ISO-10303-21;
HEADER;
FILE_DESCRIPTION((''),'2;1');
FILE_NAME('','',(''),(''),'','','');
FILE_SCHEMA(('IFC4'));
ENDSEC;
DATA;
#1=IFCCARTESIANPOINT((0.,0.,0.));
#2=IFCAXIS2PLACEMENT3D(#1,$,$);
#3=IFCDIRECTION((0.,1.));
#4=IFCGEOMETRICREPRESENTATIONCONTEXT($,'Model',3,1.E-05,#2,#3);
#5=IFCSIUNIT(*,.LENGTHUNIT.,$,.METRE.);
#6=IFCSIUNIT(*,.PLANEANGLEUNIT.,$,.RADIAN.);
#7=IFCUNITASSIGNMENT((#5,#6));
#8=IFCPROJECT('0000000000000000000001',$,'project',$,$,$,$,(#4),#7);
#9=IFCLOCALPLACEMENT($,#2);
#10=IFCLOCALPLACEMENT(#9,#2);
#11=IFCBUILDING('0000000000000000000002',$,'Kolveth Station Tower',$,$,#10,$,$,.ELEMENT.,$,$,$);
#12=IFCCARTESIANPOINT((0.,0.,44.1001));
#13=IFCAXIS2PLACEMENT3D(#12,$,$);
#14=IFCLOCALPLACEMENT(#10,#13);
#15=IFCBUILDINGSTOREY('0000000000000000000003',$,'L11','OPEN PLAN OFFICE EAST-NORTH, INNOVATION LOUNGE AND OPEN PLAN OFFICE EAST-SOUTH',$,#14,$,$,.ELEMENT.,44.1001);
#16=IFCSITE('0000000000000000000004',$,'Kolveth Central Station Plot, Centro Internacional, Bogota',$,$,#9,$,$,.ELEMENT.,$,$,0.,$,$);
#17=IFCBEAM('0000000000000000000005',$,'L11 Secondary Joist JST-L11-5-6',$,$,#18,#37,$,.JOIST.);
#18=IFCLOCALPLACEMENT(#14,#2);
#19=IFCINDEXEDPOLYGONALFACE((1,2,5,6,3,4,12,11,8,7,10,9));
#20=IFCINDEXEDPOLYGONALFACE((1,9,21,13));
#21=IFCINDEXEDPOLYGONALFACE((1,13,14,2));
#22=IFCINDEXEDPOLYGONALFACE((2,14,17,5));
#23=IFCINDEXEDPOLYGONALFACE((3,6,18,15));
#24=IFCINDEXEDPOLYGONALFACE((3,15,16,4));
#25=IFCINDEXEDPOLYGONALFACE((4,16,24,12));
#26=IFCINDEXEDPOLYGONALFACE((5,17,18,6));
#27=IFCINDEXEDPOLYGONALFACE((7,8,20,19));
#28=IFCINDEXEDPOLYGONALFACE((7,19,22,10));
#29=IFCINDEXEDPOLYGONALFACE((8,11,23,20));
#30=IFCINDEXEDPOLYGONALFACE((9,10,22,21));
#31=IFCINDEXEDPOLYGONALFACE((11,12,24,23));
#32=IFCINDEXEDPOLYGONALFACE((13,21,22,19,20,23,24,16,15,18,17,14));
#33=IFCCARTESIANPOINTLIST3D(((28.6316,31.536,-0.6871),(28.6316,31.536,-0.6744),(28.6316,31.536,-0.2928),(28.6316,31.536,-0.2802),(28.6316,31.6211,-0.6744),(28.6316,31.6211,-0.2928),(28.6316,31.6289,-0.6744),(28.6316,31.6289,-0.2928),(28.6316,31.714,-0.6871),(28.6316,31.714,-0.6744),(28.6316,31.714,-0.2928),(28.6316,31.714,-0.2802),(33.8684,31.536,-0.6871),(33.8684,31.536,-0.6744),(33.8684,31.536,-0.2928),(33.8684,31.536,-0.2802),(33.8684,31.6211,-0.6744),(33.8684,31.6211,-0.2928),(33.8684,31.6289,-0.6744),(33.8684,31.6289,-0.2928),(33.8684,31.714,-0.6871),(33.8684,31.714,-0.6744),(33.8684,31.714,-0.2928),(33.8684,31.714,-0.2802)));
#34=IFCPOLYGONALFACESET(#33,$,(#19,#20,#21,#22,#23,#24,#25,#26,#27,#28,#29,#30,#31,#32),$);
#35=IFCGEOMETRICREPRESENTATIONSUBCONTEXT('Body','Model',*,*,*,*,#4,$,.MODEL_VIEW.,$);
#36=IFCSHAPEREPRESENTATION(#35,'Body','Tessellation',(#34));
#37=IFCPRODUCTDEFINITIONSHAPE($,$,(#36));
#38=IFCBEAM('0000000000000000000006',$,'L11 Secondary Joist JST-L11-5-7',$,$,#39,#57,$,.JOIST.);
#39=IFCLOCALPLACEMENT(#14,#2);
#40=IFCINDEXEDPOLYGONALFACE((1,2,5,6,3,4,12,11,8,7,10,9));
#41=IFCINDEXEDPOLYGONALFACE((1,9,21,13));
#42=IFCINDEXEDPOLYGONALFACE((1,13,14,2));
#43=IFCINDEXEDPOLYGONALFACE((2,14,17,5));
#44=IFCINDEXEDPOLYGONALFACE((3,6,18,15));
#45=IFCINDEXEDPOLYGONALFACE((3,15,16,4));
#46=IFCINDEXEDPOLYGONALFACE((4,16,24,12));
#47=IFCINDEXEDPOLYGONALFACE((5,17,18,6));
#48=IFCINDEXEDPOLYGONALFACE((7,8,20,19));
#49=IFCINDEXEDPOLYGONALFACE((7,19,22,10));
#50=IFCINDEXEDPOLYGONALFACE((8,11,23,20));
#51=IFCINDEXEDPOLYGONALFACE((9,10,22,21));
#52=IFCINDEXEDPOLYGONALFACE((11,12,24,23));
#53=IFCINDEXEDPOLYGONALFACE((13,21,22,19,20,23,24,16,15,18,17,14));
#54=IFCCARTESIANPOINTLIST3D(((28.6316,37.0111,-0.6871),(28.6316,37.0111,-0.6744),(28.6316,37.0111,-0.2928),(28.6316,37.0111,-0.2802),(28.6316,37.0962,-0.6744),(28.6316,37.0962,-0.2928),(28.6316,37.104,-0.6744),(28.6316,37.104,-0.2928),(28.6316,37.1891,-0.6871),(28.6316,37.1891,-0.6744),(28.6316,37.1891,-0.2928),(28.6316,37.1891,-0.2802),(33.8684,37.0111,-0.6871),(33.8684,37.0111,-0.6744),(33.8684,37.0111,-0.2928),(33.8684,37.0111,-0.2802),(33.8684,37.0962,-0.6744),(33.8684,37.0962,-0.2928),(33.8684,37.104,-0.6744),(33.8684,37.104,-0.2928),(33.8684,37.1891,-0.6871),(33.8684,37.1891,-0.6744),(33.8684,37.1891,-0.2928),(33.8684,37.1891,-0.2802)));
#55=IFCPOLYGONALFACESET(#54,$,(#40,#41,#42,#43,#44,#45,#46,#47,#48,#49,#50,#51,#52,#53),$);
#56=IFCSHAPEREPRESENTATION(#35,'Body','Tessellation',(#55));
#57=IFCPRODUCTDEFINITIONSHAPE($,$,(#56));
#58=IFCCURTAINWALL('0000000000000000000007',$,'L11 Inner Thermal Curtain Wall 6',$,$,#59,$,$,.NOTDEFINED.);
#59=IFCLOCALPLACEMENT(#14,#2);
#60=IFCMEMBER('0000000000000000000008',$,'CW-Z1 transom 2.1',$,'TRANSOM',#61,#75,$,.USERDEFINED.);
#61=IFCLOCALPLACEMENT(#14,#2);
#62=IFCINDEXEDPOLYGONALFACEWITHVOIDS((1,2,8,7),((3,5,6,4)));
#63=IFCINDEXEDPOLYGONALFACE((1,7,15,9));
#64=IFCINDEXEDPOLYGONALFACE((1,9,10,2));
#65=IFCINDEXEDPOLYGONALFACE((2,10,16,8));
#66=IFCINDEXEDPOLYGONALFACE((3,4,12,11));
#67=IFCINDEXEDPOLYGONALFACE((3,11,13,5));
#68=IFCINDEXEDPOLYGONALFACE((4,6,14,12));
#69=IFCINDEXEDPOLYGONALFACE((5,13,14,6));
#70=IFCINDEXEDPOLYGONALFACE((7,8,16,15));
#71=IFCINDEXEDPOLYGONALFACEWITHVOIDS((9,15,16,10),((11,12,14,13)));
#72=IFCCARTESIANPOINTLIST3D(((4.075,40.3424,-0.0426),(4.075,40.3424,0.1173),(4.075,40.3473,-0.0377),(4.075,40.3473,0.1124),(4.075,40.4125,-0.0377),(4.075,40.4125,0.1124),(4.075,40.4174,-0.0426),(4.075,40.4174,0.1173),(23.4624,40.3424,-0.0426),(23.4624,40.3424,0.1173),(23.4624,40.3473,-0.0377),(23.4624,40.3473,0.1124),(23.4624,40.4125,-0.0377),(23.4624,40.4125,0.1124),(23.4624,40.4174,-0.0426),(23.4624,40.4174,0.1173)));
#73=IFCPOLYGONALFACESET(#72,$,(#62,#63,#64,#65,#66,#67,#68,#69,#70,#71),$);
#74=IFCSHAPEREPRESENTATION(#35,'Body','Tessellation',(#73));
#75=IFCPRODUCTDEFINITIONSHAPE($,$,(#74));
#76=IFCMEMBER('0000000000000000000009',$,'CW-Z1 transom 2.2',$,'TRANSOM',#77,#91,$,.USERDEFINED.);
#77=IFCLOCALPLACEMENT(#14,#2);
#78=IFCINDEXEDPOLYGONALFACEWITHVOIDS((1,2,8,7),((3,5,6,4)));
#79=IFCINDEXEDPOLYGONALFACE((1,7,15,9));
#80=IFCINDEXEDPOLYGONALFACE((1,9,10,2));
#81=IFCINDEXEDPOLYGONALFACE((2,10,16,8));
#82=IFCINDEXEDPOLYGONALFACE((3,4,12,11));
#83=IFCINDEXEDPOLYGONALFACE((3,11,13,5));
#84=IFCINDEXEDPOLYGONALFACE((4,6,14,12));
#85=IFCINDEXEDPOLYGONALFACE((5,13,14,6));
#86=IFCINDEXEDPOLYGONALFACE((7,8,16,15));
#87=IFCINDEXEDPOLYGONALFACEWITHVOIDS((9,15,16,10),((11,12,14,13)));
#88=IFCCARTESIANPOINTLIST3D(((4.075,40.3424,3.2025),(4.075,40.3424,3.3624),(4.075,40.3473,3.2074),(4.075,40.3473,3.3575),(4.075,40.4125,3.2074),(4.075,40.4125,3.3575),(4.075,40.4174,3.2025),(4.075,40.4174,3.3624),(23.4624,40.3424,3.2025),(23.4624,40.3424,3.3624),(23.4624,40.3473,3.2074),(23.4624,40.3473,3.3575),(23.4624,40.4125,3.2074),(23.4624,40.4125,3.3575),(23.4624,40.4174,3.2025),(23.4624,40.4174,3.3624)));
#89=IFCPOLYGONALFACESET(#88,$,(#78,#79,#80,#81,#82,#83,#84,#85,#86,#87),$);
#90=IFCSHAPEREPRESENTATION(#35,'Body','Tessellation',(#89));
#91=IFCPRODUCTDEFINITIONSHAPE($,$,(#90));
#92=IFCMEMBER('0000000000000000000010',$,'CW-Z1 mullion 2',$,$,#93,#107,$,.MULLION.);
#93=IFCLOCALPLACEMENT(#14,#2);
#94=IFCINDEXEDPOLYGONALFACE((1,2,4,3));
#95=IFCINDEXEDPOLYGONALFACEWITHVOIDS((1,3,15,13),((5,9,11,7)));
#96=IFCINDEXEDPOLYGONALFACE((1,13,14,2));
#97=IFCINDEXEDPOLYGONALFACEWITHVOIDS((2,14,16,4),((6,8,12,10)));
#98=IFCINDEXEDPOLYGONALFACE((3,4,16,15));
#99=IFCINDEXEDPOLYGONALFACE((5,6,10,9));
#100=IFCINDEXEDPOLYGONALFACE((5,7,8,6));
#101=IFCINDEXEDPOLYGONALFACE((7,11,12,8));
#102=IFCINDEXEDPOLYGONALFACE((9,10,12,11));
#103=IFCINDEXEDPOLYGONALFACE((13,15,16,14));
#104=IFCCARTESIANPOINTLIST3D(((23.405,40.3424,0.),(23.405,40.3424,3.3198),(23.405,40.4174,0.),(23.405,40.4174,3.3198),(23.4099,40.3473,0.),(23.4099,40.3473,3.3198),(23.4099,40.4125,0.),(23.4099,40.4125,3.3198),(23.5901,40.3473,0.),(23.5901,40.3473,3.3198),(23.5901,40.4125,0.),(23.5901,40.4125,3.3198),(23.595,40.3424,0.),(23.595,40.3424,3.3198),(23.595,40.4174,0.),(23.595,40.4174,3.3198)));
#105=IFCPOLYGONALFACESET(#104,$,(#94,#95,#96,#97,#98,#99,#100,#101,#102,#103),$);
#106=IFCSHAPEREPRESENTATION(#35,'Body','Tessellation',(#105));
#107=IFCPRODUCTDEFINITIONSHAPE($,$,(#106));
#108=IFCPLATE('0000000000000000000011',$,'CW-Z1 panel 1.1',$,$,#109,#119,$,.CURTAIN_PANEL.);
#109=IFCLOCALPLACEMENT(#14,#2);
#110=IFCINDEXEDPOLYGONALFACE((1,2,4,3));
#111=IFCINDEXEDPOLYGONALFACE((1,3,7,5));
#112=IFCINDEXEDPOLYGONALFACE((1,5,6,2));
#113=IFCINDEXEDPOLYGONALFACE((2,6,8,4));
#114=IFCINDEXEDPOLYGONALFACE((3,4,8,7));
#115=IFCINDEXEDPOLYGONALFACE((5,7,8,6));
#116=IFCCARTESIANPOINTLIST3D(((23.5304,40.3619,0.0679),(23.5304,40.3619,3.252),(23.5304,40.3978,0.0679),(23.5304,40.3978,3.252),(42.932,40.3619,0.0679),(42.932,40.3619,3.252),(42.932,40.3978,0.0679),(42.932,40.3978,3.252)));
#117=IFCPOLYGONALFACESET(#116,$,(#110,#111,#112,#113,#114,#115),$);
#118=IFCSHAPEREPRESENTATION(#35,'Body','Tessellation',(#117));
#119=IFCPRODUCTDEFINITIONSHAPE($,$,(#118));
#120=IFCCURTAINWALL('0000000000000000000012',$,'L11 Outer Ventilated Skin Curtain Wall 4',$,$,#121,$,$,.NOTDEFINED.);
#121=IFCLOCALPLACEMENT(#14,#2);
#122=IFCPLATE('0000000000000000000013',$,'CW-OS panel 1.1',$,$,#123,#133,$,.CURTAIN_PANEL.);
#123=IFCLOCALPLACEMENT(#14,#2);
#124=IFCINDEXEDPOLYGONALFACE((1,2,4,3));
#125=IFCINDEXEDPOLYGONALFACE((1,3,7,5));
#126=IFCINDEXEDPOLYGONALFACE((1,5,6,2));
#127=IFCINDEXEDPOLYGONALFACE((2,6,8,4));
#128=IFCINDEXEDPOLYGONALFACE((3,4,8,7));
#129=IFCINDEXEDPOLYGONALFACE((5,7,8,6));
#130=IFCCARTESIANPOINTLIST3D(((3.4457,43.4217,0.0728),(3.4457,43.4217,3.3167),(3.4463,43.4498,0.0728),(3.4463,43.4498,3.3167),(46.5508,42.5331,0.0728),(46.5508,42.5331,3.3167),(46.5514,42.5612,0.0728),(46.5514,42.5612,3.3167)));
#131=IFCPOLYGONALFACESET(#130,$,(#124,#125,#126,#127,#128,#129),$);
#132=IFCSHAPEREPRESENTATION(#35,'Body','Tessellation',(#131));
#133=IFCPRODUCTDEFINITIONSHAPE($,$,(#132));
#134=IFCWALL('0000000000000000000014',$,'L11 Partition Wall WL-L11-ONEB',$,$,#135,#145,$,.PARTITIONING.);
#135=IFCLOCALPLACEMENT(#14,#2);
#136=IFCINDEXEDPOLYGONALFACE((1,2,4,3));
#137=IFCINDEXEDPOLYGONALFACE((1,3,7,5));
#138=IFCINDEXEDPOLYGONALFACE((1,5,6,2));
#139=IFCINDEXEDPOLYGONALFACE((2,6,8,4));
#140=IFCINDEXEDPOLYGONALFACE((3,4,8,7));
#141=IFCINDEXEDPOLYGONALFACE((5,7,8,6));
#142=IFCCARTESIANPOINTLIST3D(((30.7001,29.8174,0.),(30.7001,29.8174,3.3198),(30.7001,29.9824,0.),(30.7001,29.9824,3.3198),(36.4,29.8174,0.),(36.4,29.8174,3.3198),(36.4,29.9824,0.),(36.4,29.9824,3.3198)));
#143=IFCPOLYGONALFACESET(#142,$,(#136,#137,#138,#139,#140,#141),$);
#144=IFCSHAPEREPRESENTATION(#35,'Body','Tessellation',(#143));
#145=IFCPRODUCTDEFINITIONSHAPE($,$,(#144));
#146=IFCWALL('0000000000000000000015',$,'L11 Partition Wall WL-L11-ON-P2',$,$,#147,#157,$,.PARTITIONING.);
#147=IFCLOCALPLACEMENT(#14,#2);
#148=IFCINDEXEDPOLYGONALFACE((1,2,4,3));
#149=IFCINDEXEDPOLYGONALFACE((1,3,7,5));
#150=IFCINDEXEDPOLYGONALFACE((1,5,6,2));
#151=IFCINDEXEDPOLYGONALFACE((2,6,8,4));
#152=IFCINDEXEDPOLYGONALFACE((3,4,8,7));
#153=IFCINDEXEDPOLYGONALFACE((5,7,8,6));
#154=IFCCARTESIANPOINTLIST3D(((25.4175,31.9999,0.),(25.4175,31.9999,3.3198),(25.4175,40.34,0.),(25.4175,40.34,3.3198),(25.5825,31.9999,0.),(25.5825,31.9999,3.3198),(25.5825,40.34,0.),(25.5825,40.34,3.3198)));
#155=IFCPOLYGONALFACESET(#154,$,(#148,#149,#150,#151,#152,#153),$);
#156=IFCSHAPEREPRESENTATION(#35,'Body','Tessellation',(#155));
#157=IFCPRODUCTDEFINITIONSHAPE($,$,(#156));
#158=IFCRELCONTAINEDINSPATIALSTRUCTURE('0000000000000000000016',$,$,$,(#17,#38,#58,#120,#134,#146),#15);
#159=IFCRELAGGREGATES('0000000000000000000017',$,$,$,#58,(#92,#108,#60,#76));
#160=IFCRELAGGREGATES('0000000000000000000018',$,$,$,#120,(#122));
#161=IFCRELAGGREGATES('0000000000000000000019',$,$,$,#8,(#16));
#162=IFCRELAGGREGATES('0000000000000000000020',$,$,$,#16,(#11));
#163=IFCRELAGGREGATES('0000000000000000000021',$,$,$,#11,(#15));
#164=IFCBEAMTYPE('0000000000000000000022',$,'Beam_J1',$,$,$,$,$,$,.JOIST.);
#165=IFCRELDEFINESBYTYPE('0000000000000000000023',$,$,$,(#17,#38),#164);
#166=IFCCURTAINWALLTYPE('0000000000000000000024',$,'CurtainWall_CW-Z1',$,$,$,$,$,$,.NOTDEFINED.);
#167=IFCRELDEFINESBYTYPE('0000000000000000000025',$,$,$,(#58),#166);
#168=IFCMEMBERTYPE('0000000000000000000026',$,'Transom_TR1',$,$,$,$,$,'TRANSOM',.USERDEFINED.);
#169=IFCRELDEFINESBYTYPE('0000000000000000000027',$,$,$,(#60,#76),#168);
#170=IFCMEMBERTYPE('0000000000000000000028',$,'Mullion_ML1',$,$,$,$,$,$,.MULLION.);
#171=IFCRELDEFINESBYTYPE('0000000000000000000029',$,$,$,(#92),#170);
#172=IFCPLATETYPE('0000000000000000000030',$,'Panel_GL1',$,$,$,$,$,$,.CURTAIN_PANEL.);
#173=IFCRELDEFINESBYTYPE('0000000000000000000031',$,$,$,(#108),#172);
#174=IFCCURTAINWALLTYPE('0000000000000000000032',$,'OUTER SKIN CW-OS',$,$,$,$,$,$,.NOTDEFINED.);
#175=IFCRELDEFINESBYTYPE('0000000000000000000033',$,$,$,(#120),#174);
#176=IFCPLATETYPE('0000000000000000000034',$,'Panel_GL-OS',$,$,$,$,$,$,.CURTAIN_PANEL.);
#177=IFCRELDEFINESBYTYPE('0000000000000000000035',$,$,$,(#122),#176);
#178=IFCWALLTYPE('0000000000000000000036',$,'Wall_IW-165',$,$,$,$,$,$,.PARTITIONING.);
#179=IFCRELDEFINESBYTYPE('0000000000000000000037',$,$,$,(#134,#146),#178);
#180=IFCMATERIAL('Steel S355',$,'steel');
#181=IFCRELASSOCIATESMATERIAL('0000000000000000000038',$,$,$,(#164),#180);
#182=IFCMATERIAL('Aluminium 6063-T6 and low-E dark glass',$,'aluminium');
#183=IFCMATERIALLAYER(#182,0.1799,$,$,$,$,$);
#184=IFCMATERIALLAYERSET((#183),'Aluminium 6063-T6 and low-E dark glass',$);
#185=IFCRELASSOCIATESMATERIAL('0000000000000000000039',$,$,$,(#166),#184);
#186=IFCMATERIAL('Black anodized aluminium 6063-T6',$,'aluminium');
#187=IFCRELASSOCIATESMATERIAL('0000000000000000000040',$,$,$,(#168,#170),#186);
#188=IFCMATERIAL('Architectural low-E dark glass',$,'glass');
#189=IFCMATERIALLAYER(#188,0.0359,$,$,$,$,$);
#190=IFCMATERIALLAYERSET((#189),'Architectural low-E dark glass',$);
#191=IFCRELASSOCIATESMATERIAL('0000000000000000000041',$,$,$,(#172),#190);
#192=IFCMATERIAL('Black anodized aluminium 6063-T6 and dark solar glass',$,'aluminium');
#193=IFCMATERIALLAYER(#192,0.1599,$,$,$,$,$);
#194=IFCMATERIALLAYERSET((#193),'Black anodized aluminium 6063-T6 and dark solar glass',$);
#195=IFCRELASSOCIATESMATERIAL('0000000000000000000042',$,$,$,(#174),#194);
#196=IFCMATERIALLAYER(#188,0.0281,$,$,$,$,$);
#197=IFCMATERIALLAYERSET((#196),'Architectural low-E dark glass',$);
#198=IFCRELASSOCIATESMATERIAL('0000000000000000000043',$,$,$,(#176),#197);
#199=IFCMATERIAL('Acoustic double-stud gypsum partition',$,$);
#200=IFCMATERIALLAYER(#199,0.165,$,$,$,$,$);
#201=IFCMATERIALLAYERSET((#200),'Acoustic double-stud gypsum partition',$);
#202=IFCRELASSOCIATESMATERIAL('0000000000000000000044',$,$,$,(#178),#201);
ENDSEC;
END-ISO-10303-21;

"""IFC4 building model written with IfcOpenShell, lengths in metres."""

from ifc_helpers import new_model, si_unit, direction, frame, frame_2d, origin, origin_2d, place, context, subcontext, project, spatial, rectangle, hollow_rectangle, i_section, extrude, source, transform, mapped, material, layer, layer_set, material_profile, profile_set, type_object, element, aggregate, save


model = new_model("IFC4")

# Units and contexts
model_context = context("Model", 3, precision=1e-05, world=origin(), true_north=direction((0.0, 1.0)))
body_context = subcontext(model_context, "Body", "Model", "MODEL_VIEW")
ifc_project = project(units=[si_unit("LENGTHUNIT", "METRE"), si_unit("PLANEANGLEUNIT", "RADIAN")], contexts=[model_context])

# Site, building, storey
site_placement = place(None, origin())
site = spatial("IfcSite", under=ifc_project, at=site_placement, Name="Kolveth Central Station Plot, Centro Internacional, Bogota", CompositionType="ELEMENT", RefElevation=0.0)
building_placement = place(site_placement, origin())
building = spatial("IfcBuilding", under=site, at=building_placement, Name="Kolveth Station Tower", CompositionType="ELEMENT")
storey_placement = place(building_placement, frame((0.0, 0.0, 44.1001)))
storey = spatial("IfcBuildingStorey", under=building, at=storey_placement, Name="L11", Description="OPEN PLAN OFFICE EAST-NORTH, INNOVATION LOUNGE AND OPEN PLAN OFFICE EAST-SOUTH", CompositionType="ELEMENT", Elevation=44.1001)

# Shared definitions
ifc_material_1 = material(Name="Steel S355", Category="steel")

# Beams
ifc_material_profile_1 = material_profile(ifc_material_1, i_section(OverallWidth=0.178, OverallDepth=0.407, WebThickness=0.0078, FlangeThickness=0.0127, at=origin_2d()), Name="W410x60")
ifc_profile_set_1 = profile_set([ifc_material_profile_1], Name="Steel S355")
beam_type_1 = type_object("IfcBeamType", Name="Beam_J1", PredefinedType="JOIST", material=ifc_profile_set_1)
shared_shape_1 = source(origin(), body_context, "Body", "SweptSolid", [
    extrude(i_section(OverallWidth=0.178, OverallDepth=0.407, WebThickness=0.0078, FlangeThickness=0.0127, at=origin_2d()), origin(), (0.0, 0.0, 1.0), 5.2368),
])
for number, where, z_axis, x_axis, name in (
    (1, (28.6316, 31.625, -0.4836), (1.0, 0.0, 0.0), (0.0, 1.0, 0.0), "L11 Secondary Joist JST-L11-5-6"),
    (2, (28.6316, 37.1001, -0.4836), (1.0, 0.0, 0.0), (0.0, 1.0, 0.0), "L11 Secondary Joist JST-L11-5-7"),
):
    element("IfcBeam", number, at=place(storey_placement, frame(where, z_axis=z_axis, x_axis=x_axis)), inside=storey, type_object=beam_type_1, Name=name, PredefinedType="JOIST", context=body_context, shape_type="MappedRepresentation", body=[
        mapped(shared_shape_1, transform((0.0, 0.0, 0.0), x_axis=(1.0, 0.0, 0.0), y_axis=(0.0, 1.0, 0.0), z_axis=(0.0, 0.0, 1.0), scale=1.0)),
    ])

# Curtain wall, members, plate
ifc_material_2 = material(Name="Aluminium 6063-T6 and low-E dark glass", Category="aluminium")
ifc_layer_1 = layer(ifc_material_2, 0.1799)
ifc_layer_set_1 = layer_set([ifc_layer_1], Name="Aluminium 6063-T6 and low-E dark glass")
curtain_wall_type_1 = type_object("IfcCurtainWallType", Name="CurtainWall_CW-Z1", PredefinedType="NOTDEFINED", material=ifc_layer_set_1)
curtain_wall_1_placement = place(storey_placement, origin())
curtain_wall_1 = element("IfcCurtainWall", 3, at=curtain_wall_1_placement, inside=storey, type_object=curtain_wall_type_1, Name="L11 Inner Thermal Curtain Wall 6", PredefinedType="NOTDEFINED")
ifc_material_3 = material(Name="Black anodized aluminium 6063-T6", Category="aluminium")
ifc_material_profile_2 = material_profile(ifc_material_3, hollow_rectangle(XDim=0.075, YDim=0.1599, WallThickness=0.0049, at=origin_2d()), Name="ALU-75x160x5")
ifc_profile_set_2 = profile_set([ifc_material_profile_2], Name="Black anodized aluminium 6063-T6")
member_type_1 = type_object("IfcMemberType", Name="Transom_TR1", ElementType="TRANSOM", PredefinedType="USERDEFINED", material=ifc_profile_set_2)
shared_shape_2 = source(origin(), body_context, "Body", "SweptSolid", [
    extrude(hollow_rectangle(XDim=0.075, YDim=0.1599, WallThickness=0.0049, at=origin_2d()), origin(), (0.0, 0.0, 1.0), 19.3875),
])
member_1_placement = place(storey_placement, frame((23.4624, 40.3799, 0.0374), z_axis=(-1.0, 0.0, 0.0), x_axis=(0.0, -1.0, 0.0)))
member_1 = element("IfcMember", 4, at=member_1_placement, type_object=member_type_1, Name="CW-Z1 transom 2.1", ObjectType="TRANSOM", PredefinedType="USERDEFINED", context=body_context, shape_type="MappedRepresentation", body=[
    mapped(shared_shape_2, transform((0.0, 0.0, 0.0), x_axis=(1.0, 0.0, 0.0), y_axis=(0.0, 1.0, 0.0), z_axis=(0.0, 0.0, 1.0), scale=1.0)),
])
member_2_placement = place(storey_placement, frame((23.4624, 40.3799, 3.2825), z_axis=(-1.0, 0.0, 0.0), x_axis=(0.0, -1.0, 0.0)))
member_2 = element("IfcMember", 5, at=member_2_placement, type_object=member_type_1, Name="CW-Z1 transom 2.2", ObjectType="TRANSOM", PredefinedType="USERDEFINED", context=body_context, shape_type="MappedRepresentation", body=[
    mapped(shared_shape_2, transform((0.0, 0.0, 0.0), x_axis=(1.0, 0.0, 0.0), y_axis=(0.0, 1.0, 0.0), z_axis=(0.0, 0.0, 1.0), scale=1.0)),
])
ifc_material_profile_3 = material_profile(ifc_material_3, hollow_rectangle(XDim=0.075, YDim=0.1899, WallThickness=0.0049, at=origin_2d()), Name="ALU-75x190x5")
ifc_profile_set_3 = profile_set([ifc_material_profile_3], Name="Black anodized aluminium 6063-T6")
member_type_2 = type_object("IfcMemberType", Name="Mullion_ML1", PredefinedType="MULLION", material=ifc_profile_set_3)
shared_shape_3 = source(origin(), body_context, "Body", "SweptSolid", [
    extrude(hollow_rectangle(XDim=0.075, YDim=0.1899, WallThickness=0.0049, at=origin_2d()), origin(), (0.0, 0.0, 1.0), 3.3198),
])
member_3_placement = place(storey_placement, frame((23.5, 40.3799, 0.0), z_axis=(0.0, 0.0, 1.0), x_axis=(0.0, -1.0, 0.0)))
member_3 = element("IfcMember", 6, at=member_3_placement, type_object=member_type_2, Name="CW-Z1 mullion 2", PredefinedType="MULLION", context=body_context, shape_type="MappedRepresentation", body=[
    mapped(shared_shape_3, transform((0.0, 0.0, 0.0), x_axis=(1.0, 0.0, 0.0), y_axis=(0.0, 1.0, 0.0), z_axis=(0.0, 0.0, 1.0), scale=1.0)),
])
ifc_material_4 = material(Name="Architectural low-E dark glass", Category="glass")
ifc_layer_2 = layer(ifc_material_4, 0.0359)
ifc_layer_set_2 = layer_set([ifc_layer_2], Name="Architectural low-E dark glass")
plate_type_1 = type_object("IfcPlateType", Name="Panel_GL1", PredefinedType="CURTAIN_PANEL", material=ifc_layer_set_2)
shared_shape_4 = source(origin(), body_context, "Body", "SweptSolid", [
    extrude(rectangle(XDim=19.4016, YDim=0.0359, at=origin_2d()), origin(), (0.0, 0.0, 1.0), 3.1841),
])
plate_1_placement = place(storey_placement, frame((33.2312, 40.3799, 0.0679), z_axis=(0.0, 0.0, 1.0), x_axis=(-1.0, 0.0, 0.0)))
plate_1 = element("IfcPlate", 7, at=plate_1_placement, type_object=plate_type_1, Name="CW-Z1 panel 1.1", PredefinedType="CURTAIN_PANEL", context=body_context, shape_type="MappedRepresentation", body=[
    mapped(shared_shape_4, transform((0.0, 0.0, 0.0), x_axis=(1.0, 0.0, 0.0), y_axis=(0.0, 1.0, 0.0), z_axis=(0.0, 0.0, 1.0), scale=1.0)),
])
aggregate(curtain_wall_1, [member_3, plate_1, member_1, member_2])

# Curtain wall, plate
ifc_material_5 = material(Name="Black anodized aluminium 6063-T6 and dark solar glass", Category="aluminium")
ifc_layer_3 = layer(ifc_material_5, 0.1599)
ifc_layer_set_3 = layer_set([ifc_layer_3], Name="Black anodized aluminium 6063-T6 and dark solar glass")
curtain_wall_type_2 = type_object("IfcCurtainWallType", Name="OUTER SKIN CW-OS", PredefinedType="NOTDEFINED", material=ifc_layer_set_3)
curtain_wall_2_placement = place(storey_placement, origin())
curtain_wall_2 = element("IfcCurtainWall", 8, at=curtain_wall_2_placement, inside=storey, type_object=curtain_wall_type_2, Name="L11 Outer Ventilated Skin Curtain Wall 4", PredefinedType="NOTDEFINED")
ifc_layer_4 = layer(ifc_material_4, 0.0281)
ifc_layer_set_4 = layer_set([ifc_layer_4], Name="Architectural low-E dark glass")
plate_type_2 = type_object("IfcPlateType", Name="Panel_GL-OS", PredefinedType="CURTAIN_PANEL", material=ifc_layer_set_4)
shared_shape_5 = source(origin(), body_context, "Body", "SweptSolid", [
    extrude(rectangle(XDim=43.1143, YDim=0.0281, at=origin_2d()), origin(), (0.0, 0.0, 1.0), 3.2439),
])
plate_2_placement = place(storey_placement, frame((24.9985, 42.9915, 0.0728), z_axis=(0.0, 0.0, 1.0), x_axis=(-0.999788, 0.02061, 0.0)))
plate_2 = element("IfcPlate", 9, at=plate_2_placement, type_object=plate_type_2, Name="CW-OS panel 1.1", PredefinedType="CURTAIN_PANEL", context=body_context, shape_type="MappedRepresentation", body=[
    mapped(shared_shape_5, transform((0.0, 0.0, 0.0), x_axis=(1.0, 0.0, 0.0), y_axis=(0.0, 1.0, 0.0), z_axis=(0.0, 0.0, 1.0), scale=1.0)),
])
aggregate(curtain_wall_2, [plate_2])

# Walls
ifc_material_6 = material(Name="Acoustic double-stud gypsum partition")
ifc_layer_5 = layer(ifc_material_6, 0.165)
ifc_layer_set_5 = layer_set([ifc_layer_5], Name="Acoustic double-stud gypsum partition")
wall_type = type_object("IfcWallType", Name="Wall_IW-165", PredefinedType="PARTITIONING", material=ifc_layer_set_5)
wall_1_placement = place(storey_placement, frame((30.7, 29.8999, 0.0), z_axis=(0.0, 0.0, 1.0), x_axis=(1.0, 0.0, 0.0)))
element("IfcWall", 10, at=wall_1_placement, inside=storey, type_object=wall_type, Name="L11 Partition Wall WL-L11-ONEB", PredefinedType="PARTITIONING", context=body_context, shape_type="SweptSolid", body=[
    extrude(rectangle(XDim=5.7, YDim=0.165, at=frame_2d((2.8501, 0.0))), origin(), (0.0, 0.0, 1.0), 3.3198),
])
wall_2_placement = place(storey_placement, frame((25.5, 32.0, 0.0), z_axis=(0.0, 0.0, 1.0), x_axis=(0.0, 1.0, 0.0)))
element("IfcWall", 11, at=wall_2_placement, inside=storey, type_object=wall_type, Name="L11 Partition Wall WL-L11-ON-P2", PredefinedType="PARTITIONING", context=body_context, shape_type="SweptSolid", body=[
    extrude(rectangle(XDim=8.3401, YDim=0.165, at=frame_2d((4.1699, 0.0))), origin(), (0.0, 0.0, 1.0), 3.3198),
])

save(model, "model.ifc")
